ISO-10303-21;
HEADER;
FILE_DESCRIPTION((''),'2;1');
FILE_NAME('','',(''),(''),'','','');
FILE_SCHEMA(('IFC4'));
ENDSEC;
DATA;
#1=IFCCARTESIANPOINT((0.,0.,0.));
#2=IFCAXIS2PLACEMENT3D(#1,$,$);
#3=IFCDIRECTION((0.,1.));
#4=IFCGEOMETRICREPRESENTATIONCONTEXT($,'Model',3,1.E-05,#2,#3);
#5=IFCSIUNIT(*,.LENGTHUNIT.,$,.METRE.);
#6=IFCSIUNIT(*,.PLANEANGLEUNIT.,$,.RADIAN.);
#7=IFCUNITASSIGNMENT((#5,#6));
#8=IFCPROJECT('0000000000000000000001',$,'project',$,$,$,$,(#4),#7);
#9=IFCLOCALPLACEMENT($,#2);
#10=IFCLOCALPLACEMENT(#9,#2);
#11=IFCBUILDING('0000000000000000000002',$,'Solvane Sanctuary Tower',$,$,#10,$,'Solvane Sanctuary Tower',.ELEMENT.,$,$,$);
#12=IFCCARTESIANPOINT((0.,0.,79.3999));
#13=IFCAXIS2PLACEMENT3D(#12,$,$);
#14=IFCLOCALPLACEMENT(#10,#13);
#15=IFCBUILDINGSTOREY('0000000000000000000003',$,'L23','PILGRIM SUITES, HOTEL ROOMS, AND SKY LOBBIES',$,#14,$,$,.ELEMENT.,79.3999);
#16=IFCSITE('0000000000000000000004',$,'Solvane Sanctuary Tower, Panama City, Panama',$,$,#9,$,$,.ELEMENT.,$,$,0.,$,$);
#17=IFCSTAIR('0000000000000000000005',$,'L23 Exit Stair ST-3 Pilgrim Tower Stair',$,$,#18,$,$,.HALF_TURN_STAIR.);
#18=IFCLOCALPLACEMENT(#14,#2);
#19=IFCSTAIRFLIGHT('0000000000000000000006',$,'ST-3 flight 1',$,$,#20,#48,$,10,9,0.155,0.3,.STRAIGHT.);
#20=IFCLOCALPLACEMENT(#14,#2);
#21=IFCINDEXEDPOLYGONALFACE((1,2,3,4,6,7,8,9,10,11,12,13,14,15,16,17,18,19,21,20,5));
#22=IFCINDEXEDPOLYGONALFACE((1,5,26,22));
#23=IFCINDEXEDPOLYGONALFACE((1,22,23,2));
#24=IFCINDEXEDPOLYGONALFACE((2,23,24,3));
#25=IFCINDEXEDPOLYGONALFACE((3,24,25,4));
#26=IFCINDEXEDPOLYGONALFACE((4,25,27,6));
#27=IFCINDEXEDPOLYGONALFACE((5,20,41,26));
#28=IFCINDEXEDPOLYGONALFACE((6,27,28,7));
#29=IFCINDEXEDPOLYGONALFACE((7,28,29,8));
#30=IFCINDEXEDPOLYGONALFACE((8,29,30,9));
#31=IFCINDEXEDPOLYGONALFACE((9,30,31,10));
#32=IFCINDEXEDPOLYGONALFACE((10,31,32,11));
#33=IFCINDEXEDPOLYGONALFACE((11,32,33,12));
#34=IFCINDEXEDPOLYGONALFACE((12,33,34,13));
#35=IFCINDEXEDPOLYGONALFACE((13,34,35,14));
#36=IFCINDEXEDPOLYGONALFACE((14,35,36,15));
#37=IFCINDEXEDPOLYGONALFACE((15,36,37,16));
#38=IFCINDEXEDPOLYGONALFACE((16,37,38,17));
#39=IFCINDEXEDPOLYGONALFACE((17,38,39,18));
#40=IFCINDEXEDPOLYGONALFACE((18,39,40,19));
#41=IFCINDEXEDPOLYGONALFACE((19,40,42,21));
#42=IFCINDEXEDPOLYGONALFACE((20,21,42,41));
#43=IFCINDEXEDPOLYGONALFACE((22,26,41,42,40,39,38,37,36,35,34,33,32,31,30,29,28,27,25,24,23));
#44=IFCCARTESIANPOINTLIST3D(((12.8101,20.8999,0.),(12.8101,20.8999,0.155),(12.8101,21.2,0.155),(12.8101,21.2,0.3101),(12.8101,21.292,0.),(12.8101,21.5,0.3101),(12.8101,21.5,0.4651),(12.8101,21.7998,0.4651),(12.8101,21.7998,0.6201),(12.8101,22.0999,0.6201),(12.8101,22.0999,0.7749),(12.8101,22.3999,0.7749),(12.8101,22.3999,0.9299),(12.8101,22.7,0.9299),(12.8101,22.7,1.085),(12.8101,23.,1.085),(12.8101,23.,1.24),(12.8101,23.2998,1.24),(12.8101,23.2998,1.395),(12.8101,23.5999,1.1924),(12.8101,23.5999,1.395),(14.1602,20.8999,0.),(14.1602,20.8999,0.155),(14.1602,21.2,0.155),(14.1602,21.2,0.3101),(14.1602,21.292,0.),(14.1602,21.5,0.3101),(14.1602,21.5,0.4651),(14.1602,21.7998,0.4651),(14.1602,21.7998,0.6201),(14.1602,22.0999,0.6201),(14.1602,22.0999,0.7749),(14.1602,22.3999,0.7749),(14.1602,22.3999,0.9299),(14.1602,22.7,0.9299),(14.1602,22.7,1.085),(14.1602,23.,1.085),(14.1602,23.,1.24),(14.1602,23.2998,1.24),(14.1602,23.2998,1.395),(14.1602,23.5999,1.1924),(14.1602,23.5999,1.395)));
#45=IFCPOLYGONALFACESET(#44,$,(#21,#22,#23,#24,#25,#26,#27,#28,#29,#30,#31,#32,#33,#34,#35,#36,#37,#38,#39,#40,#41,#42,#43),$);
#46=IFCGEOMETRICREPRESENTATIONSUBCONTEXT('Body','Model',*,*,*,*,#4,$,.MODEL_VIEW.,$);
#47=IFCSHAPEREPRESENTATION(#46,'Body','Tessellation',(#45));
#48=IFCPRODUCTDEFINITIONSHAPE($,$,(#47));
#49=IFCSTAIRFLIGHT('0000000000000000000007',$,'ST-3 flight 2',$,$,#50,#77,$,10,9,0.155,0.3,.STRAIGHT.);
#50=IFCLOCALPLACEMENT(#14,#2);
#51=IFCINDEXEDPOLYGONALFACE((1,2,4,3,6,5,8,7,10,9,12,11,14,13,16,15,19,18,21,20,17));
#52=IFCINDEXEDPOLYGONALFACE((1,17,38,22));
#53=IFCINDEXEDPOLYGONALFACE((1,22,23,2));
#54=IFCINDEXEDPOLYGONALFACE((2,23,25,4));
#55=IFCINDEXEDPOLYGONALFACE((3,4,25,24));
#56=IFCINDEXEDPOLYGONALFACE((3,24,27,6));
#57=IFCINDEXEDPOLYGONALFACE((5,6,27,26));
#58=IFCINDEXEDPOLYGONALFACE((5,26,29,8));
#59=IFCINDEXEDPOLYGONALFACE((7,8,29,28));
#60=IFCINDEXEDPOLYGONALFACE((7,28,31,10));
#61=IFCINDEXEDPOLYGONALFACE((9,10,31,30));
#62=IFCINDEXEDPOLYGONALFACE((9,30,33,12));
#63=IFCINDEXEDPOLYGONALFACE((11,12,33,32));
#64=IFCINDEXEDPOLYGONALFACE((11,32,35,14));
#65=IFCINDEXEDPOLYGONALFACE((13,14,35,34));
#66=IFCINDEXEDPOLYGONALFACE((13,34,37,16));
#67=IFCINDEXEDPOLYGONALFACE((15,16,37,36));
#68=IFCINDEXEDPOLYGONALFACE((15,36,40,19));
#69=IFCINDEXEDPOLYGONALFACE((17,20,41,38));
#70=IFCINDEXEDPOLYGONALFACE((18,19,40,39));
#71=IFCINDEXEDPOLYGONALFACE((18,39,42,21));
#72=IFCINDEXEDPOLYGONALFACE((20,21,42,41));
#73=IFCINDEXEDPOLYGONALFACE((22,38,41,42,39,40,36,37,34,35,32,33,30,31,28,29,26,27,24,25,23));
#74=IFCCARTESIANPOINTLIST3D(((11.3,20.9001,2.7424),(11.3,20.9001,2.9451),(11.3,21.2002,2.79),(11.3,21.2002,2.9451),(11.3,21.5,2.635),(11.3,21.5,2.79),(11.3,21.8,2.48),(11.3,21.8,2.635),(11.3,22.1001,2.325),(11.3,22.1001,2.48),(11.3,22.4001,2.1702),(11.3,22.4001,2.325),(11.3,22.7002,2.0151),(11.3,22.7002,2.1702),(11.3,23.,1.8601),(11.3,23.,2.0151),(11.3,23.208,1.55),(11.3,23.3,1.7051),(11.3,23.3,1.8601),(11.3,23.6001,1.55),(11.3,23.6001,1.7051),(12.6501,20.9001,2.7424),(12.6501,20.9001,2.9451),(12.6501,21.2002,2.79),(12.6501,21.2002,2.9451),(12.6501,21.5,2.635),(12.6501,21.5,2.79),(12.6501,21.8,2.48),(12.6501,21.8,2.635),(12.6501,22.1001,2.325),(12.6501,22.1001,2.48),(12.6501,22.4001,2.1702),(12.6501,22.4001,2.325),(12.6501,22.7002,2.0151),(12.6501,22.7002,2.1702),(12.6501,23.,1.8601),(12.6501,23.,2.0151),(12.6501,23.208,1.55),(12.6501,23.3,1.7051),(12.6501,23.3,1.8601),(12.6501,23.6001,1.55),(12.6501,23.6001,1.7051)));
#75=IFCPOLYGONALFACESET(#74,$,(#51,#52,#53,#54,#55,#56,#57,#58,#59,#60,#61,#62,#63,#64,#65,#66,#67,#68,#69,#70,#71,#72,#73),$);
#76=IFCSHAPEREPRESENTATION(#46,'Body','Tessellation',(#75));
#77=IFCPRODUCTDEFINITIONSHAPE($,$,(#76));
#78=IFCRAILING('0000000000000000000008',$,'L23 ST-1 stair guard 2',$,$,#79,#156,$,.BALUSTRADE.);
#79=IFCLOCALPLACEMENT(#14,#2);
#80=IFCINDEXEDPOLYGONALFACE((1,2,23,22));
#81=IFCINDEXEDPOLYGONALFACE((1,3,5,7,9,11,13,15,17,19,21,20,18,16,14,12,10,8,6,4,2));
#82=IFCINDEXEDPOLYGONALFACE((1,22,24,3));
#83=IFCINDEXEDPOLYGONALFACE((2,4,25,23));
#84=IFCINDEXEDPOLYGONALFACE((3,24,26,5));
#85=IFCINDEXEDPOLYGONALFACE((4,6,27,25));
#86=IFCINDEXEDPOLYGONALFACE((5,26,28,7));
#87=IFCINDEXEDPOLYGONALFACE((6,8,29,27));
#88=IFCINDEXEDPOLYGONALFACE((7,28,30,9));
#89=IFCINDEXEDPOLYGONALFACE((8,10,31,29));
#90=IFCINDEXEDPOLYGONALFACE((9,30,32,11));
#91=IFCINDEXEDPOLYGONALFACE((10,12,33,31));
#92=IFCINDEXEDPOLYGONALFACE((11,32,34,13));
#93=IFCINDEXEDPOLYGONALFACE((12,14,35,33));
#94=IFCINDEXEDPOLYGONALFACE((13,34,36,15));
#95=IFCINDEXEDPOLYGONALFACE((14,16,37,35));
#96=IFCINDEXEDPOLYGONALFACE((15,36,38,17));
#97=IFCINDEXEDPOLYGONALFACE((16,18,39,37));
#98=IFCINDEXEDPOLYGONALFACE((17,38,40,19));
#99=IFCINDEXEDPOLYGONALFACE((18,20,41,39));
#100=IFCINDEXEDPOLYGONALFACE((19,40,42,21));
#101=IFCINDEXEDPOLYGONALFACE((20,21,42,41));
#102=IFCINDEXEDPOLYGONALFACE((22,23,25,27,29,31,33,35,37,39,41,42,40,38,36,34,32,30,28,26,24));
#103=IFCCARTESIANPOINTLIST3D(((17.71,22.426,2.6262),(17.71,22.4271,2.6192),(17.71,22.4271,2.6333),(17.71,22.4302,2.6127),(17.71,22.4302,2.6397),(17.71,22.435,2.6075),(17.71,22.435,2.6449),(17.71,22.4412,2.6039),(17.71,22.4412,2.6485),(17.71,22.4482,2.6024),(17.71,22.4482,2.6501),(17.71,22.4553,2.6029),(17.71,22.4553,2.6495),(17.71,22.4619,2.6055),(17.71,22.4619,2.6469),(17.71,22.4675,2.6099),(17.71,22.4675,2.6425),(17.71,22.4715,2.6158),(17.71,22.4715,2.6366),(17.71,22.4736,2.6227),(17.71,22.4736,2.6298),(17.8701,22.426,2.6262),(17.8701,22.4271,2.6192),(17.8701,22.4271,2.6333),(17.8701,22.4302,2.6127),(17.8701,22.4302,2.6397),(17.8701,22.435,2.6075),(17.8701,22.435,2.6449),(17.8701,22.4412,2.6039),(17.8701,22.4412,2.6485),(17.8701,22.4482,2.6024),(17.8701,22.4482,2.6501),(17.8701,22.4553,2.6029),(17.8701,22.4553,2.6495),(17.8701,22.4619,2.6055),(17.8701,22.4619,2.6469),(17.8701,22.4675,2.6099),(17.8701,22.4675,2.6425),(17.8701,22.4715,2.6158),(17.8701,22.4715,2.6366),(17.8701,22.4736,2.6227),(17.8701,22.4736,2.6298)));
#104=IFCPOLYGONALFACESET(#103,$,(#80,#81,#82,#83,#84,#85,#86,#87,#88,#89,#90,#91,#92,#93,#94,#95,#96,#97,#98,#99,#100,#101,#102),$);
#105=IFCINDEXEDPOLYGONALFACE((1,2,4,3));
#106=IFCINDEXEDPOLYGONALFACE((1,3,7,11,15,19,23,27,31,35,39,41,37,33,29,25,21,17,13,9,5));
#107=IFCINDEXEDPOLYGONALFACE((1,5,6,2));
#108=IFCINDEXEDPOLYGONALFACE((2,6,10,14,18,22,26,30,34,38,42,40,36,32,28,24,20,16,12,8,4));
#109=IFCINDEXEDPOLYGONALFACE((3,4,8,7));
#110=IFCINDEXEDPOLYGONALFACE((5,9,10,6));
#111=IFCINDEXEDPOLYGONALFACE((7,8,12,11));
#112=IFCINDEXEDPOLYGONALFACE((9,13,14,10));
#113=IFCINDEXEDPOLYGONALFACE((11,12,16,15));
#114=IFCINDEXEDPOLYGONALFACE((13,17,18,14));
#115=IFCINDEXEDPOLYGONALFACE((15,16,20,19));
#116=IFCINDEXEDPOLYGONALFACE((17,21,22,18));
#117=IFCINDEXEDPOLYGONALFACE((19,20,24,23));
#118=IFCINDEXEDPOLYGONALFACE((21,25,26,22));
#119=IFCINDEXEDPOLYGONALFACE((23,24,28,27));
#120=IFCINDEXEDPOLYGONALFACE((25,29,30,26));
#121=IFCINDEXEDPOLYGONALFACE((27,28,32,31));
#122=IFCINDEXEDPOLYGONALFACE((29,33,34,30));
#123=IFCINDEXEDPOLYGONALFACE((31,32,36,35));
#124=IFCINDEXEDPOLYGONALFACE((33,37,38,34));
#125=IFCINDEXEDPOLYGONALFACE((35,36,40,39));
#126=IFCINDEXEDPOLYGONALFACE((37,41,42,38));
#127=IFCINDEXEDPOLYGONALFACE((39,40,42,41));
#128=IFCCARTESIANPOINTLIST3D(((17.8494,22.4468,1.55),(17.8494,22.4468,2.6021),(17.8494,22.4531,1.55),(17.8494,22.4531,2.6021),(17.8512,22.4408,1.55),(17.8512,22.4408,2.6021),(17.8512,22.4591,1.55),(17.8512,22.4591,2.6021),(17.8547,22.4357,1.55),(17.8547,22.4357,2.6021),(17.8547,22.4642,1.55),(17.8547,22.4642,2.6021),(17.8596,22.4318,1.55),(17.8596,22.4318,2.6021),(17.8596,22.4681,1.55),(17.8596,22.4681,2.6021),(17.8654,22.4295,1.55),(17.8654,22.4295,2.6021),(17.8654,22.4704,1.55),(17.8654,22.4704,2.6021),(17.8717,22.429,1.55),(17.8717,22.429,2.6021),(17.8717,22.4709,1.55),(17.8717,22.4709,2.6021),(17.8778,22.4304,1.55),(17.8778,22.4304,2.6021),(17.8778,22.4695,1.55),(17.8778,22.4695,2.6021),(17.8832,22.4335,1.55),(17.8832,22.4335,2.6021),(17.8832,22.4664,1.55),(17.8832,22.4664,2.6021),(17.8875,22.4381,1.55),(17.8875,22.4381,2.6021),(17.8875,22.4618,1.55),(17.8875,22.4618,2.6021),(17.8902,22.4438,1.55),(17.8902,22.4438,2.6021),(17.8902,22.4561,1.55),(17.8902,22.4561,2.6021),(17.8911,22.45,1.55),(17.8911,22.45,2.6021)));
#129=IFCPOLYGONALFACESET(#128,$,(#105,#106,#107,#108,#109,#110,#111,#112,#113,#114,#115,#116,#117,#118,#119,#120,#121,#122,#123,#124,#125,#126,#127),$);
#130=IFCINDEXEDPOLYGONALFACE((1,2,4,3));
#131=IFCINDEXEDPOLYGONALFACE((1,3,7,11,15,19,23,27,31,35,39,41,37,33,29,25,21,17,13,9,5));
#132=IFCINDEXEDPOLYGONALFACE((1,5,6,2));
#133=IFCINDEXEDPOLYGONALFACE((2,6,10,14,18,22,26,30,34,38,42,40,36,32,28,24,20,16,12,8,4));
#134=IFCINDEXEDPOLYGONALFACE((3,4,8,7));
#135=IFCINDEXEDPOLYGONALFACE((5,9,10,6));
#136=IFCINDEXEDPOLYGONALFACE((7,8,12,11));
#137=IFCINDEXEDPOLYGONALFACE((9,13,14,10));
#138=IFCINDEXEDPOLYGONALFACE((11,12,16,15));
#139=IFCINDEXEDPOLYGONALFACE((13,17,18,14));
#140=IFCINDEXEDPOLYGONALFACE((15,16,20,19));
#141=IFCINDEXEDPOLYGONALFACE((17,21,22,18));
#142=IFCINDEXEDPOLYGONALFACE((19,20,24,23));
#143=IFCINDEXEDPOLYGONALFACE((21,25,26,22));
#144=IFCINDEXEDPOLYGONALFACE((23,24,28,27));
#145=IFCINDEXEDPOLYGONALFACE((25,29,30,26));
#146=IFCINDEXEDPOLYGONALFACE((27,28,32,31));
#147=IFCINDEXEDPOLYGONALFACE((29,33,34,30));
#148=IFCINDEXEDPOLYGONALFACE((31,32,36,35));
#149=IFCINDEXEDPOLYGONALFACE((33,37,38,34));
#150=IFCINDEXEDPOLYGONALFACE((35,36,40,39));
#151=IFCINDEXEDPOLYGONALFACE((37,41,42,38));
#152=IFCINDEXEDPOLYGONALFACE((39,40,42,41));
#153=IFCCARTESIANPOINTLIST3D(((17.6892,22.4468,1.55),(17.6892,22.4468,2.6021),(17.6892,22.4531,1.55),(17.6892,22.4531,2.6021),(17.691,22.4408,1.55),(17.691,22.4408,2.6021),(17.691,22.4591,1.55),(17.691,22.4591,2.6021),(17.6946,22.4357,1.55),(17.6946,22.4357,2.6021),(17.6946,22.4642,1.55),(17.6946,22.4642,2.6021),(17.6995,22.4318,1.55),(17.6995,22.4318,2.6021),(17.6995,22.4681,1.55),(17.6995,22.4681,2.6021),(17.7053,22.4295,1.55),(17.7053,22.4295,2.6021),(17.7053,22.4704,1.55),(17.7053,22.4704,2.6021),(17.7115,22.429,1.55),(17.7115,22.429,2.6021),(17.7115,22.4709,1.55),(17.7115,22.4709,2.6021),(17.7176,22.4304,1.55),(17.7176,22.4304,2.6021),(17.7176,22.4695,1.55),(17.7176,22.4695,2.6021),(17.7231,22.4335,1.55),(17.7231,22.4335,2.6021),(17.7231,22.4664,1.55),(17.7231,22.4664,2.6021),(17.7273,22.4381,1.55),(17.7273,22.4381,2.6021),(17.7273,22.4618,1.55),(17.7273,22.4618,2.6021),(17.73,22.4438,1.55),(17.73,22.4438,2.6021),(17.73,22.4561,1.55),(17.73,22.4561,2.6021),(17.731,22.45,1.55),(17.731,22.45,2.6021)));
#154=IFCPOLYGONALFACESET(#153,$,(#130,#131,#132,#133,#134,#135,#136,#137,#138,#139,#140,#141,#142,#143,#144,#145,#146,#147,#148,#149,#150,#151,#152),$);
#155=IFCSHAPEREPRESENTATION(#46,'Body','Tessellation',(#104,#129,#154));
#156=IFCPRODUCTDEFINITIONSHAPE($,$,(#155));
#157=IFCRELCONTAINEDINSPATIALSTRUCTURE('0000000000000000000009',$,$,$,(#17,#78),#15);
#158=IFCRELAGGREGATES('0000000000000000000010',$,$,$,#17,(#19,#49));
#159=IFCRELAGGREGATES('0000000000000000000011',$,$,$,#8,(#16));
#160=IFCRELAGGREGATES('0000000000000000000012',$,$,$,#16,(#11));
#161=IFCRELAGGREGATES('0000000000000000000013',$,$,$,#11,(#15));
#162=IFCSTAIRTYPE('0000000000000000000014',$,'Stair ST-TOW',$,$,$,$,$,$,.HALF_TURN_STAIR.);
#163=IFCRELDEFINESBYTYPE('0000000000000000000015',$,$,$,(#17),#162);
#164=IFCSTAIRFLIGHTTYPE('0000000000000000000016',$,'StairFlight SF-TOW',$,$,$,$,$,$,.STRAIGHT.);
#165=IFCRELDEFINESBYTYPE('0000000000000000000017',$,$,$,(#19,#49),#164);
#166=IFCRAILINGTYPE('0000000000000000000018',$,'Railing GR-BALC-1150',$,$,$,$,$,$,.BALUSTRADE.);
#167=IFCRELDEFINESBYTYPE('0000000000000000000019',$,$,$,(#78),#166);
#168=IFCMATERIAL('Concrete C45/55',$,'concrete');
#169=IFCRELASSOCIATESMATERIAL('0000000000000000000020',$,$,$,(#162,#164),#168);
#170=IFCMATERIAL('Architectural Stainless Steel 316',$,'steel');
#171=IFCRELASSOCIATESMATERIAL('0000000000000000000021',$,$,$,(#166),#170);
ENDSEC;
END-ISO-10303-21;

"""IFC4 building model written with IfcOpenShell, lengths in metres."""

from ifc_helpers import new_model, si_unit, direction, frame, origin, origin_2d, place, context, subcontext, project, spatial, polyline, circle, outline, extrude, material, type_object, element, aggregate, save


model = new_model("IFC4")

# Units and contexts
model_context = context("Model", 3, precision=1e-05, world=origin(), true_north=direction((0.0, 1.0)))
body_context = subcontext(model_context, "Body", "Model", "MODEL_VIEW")
ifc_project = project(units=[si_unit("LENGTHUNIT", "METRE"), si_unit("PLANEANGLEUNIT", "RADIAN")], contexts=[model_context])

# Site, building, storey
site_placement = place(None, origin())
site = spatial("IfcSite", under=ifc_project, at=site_placement, Name="Solvane Sanctuary Tower, Panama City, Panama", CompositionType="ELEMENT", RefElevation=0.0)
building_placement = place(site_placement, origin())
building = spatial("IfcBuilding", under=site, at=building_placement, Name="Solvane Sanctuary Tower", LongName="Solvane Sanctuary Tower", CompositionType="ELEMENT")
storey_placement = place(building_placement, frame((0.0, 0.0, 79.3999)))
storey = spatial("IfcBuildingStorey", under=building, at=storey_placement, Name="L23", Description="PILGRIM SUITES, HOTEL ROOMS, AND SKY LOBBIES", CompositionType="ELEMENT", Elevation=79.3999)

# Shared definitions
ifc_material_1 = material(Name="Concrete C45/55", Category="concrete")
stair_type = type_object("IfcStairType", Name="Stair ST-TOW", PredefinedType="HALF_TURN_STAIR", material=ifc_material_1)
stair_flight_type = type_object("IfcStairFlightType", Name="StairFlight SF-TOW", PredefinedType="STRAIGHT", material=ifc_material_1)

# Stair, stair flights
stair_1_placement = place(storey_placement, origin())
stair_1 = element("IfcStair", 1, at=stair_1_placement, inside=storey, type_object=stair_type, Name="L23 Exit Stair ST-3 Pilgrim Tower Stair", PredefinedType="HALF_TURN_STAIR")
stair_flight_1_placement = place(storey_placement, frame((13.4851, 20.8999, 0.0), z_axis=(0.0, 0.0, 1.0), x_axis=(0.0, 1.0, 0.0)))
stair_flight_1 = element("IfcStairFlight", 2, at=stair_flight_1_placement, type_object=stair_flight_type, Name="ST-3 flight 1", NumberOfRisers=10, NumberOfTreads=9, PredefinedType="STRAIGHT", RiserHeight=0.155, TreadLength=0.3, context=body_context, shape_type="SweptSolid", body=[
    extrude(outline(polyline([(0.0, 0.0), (0.0, 0.155), (0.3, 0.155), (0.3, 0.3101), (0.6001, 0.3101), (0.6001, 0.4651), (0.8999, 0.4651), (0.8999, 0.6201), (1.2, 0.6201), (1.2, 0.7749), (1.5, 0.7749), (1.5, 0.9299), (1.8, 0.9299), (1.8, 1.085), (2.1001, 1.085), (2.1001, 1.24), (2.3999, 1.24), (2.3999, 1.395), (2.7, 1.395), (2.7, 1.55), (2.7, 1.1924), (0.3921, 0.0), (0.0, 0.0)])), frame((0.0, 0.675, 0.0), z_axis=(0.0, -1.0, 0.0), x_axis=(1.0, 0.0, 0.0)), (0.0, 0.0, 1.0), 1.3501),
])
stair_flight_2_placement = place(storey_placement, frame((11.9751, 23.6001, 1.55), z_axis=(0.0, 0.0, 1.0), x_axis=(0.0, -1.0, 0.0)))
stair_flight_2 = element("IfcStairFlight", 3, at=stair_flight_2_placement, type_object=stair_flight_type, Name="ST-3 flight 2", NumberOfRisers=10, NumberOfTreads=9, PredefinedType="STRAIGHT", RiserHeight=0.155, TreadLength=0.3, context=body_context, shape_type="SweptSolid", body=[
    extrude(outline(polyline([(0.0, 0.0), (0.0, 0.155), (0.3, 0.155), (0.3, 0.3101), (0.6001, 0.3101), (0.6001, 0.4651), (0.8999, 0.4651), (0.8999, 0.6201), (1.2, 0.6201), (1.2, 0.7749), (1.5, 0.7749), (1.5, 0.9299), (1.8, 0.9299), (1.8, 1.085), (2.1001, 1.085), (2.1001, 1.24), (2.3999, 1.24), (2.3999, 1.395), (2.7, 1.395), (2.7, 1.55), (2.7, 1.1924), (0.3921, 0.0), (0.0, 0.0)])), frame((0.0, 0.675, 0.0), z_axis=(0.0, -1.0, 0.0), x_axis=(1.0, 0.0, 0.0)), (0.0, 0.0, 1.0), 1.3501),
])
aggregate(stair_1, [stair_flight_1, stair_flight_2])

# Railing
ifc_material_2 = material(Name="Architectural Stainless Steel 316", Category="steel")
railing_type_1 = type_object("IfcRailingType", Name="Railing GR-BALC-1150", PredefinedType="BALUSTRADE", material=ifc_material_2)
railing_1_placement = place(storey_placement, frame((17.8701, 22.45, 1.55)))
element("IfcRailing", 4, at=railing_1_placement, inside=storey, type_object=railing_type_1, Name="L23 ST-1 stair guard 2", PredefinedType="BALUSTRADE", context=body_context, shape_type="SweptSolid", body=[
    extrude(circle(Radius=0.0239, at=origin_2d()), frame((0.0, 0.0, 1.0762), z_axis=(-1.0, 0.0, 0.0), x_axis=(0.0, -1.0, 0.0)), (0.0, 0.0, 1.0), 0.1602),
    extrude(circle(Radius=0.021, at=origin_2d()), origin(), (0.0, 0.0, 1.0), 1.052),
    extrude(circle(Radius=0.021, at=origin_2d()), frame((-0.1602, 0.0, 0.0)), (0.0, 0.0, 1.0), 1.052),
])

save(model, "model.ifc")
